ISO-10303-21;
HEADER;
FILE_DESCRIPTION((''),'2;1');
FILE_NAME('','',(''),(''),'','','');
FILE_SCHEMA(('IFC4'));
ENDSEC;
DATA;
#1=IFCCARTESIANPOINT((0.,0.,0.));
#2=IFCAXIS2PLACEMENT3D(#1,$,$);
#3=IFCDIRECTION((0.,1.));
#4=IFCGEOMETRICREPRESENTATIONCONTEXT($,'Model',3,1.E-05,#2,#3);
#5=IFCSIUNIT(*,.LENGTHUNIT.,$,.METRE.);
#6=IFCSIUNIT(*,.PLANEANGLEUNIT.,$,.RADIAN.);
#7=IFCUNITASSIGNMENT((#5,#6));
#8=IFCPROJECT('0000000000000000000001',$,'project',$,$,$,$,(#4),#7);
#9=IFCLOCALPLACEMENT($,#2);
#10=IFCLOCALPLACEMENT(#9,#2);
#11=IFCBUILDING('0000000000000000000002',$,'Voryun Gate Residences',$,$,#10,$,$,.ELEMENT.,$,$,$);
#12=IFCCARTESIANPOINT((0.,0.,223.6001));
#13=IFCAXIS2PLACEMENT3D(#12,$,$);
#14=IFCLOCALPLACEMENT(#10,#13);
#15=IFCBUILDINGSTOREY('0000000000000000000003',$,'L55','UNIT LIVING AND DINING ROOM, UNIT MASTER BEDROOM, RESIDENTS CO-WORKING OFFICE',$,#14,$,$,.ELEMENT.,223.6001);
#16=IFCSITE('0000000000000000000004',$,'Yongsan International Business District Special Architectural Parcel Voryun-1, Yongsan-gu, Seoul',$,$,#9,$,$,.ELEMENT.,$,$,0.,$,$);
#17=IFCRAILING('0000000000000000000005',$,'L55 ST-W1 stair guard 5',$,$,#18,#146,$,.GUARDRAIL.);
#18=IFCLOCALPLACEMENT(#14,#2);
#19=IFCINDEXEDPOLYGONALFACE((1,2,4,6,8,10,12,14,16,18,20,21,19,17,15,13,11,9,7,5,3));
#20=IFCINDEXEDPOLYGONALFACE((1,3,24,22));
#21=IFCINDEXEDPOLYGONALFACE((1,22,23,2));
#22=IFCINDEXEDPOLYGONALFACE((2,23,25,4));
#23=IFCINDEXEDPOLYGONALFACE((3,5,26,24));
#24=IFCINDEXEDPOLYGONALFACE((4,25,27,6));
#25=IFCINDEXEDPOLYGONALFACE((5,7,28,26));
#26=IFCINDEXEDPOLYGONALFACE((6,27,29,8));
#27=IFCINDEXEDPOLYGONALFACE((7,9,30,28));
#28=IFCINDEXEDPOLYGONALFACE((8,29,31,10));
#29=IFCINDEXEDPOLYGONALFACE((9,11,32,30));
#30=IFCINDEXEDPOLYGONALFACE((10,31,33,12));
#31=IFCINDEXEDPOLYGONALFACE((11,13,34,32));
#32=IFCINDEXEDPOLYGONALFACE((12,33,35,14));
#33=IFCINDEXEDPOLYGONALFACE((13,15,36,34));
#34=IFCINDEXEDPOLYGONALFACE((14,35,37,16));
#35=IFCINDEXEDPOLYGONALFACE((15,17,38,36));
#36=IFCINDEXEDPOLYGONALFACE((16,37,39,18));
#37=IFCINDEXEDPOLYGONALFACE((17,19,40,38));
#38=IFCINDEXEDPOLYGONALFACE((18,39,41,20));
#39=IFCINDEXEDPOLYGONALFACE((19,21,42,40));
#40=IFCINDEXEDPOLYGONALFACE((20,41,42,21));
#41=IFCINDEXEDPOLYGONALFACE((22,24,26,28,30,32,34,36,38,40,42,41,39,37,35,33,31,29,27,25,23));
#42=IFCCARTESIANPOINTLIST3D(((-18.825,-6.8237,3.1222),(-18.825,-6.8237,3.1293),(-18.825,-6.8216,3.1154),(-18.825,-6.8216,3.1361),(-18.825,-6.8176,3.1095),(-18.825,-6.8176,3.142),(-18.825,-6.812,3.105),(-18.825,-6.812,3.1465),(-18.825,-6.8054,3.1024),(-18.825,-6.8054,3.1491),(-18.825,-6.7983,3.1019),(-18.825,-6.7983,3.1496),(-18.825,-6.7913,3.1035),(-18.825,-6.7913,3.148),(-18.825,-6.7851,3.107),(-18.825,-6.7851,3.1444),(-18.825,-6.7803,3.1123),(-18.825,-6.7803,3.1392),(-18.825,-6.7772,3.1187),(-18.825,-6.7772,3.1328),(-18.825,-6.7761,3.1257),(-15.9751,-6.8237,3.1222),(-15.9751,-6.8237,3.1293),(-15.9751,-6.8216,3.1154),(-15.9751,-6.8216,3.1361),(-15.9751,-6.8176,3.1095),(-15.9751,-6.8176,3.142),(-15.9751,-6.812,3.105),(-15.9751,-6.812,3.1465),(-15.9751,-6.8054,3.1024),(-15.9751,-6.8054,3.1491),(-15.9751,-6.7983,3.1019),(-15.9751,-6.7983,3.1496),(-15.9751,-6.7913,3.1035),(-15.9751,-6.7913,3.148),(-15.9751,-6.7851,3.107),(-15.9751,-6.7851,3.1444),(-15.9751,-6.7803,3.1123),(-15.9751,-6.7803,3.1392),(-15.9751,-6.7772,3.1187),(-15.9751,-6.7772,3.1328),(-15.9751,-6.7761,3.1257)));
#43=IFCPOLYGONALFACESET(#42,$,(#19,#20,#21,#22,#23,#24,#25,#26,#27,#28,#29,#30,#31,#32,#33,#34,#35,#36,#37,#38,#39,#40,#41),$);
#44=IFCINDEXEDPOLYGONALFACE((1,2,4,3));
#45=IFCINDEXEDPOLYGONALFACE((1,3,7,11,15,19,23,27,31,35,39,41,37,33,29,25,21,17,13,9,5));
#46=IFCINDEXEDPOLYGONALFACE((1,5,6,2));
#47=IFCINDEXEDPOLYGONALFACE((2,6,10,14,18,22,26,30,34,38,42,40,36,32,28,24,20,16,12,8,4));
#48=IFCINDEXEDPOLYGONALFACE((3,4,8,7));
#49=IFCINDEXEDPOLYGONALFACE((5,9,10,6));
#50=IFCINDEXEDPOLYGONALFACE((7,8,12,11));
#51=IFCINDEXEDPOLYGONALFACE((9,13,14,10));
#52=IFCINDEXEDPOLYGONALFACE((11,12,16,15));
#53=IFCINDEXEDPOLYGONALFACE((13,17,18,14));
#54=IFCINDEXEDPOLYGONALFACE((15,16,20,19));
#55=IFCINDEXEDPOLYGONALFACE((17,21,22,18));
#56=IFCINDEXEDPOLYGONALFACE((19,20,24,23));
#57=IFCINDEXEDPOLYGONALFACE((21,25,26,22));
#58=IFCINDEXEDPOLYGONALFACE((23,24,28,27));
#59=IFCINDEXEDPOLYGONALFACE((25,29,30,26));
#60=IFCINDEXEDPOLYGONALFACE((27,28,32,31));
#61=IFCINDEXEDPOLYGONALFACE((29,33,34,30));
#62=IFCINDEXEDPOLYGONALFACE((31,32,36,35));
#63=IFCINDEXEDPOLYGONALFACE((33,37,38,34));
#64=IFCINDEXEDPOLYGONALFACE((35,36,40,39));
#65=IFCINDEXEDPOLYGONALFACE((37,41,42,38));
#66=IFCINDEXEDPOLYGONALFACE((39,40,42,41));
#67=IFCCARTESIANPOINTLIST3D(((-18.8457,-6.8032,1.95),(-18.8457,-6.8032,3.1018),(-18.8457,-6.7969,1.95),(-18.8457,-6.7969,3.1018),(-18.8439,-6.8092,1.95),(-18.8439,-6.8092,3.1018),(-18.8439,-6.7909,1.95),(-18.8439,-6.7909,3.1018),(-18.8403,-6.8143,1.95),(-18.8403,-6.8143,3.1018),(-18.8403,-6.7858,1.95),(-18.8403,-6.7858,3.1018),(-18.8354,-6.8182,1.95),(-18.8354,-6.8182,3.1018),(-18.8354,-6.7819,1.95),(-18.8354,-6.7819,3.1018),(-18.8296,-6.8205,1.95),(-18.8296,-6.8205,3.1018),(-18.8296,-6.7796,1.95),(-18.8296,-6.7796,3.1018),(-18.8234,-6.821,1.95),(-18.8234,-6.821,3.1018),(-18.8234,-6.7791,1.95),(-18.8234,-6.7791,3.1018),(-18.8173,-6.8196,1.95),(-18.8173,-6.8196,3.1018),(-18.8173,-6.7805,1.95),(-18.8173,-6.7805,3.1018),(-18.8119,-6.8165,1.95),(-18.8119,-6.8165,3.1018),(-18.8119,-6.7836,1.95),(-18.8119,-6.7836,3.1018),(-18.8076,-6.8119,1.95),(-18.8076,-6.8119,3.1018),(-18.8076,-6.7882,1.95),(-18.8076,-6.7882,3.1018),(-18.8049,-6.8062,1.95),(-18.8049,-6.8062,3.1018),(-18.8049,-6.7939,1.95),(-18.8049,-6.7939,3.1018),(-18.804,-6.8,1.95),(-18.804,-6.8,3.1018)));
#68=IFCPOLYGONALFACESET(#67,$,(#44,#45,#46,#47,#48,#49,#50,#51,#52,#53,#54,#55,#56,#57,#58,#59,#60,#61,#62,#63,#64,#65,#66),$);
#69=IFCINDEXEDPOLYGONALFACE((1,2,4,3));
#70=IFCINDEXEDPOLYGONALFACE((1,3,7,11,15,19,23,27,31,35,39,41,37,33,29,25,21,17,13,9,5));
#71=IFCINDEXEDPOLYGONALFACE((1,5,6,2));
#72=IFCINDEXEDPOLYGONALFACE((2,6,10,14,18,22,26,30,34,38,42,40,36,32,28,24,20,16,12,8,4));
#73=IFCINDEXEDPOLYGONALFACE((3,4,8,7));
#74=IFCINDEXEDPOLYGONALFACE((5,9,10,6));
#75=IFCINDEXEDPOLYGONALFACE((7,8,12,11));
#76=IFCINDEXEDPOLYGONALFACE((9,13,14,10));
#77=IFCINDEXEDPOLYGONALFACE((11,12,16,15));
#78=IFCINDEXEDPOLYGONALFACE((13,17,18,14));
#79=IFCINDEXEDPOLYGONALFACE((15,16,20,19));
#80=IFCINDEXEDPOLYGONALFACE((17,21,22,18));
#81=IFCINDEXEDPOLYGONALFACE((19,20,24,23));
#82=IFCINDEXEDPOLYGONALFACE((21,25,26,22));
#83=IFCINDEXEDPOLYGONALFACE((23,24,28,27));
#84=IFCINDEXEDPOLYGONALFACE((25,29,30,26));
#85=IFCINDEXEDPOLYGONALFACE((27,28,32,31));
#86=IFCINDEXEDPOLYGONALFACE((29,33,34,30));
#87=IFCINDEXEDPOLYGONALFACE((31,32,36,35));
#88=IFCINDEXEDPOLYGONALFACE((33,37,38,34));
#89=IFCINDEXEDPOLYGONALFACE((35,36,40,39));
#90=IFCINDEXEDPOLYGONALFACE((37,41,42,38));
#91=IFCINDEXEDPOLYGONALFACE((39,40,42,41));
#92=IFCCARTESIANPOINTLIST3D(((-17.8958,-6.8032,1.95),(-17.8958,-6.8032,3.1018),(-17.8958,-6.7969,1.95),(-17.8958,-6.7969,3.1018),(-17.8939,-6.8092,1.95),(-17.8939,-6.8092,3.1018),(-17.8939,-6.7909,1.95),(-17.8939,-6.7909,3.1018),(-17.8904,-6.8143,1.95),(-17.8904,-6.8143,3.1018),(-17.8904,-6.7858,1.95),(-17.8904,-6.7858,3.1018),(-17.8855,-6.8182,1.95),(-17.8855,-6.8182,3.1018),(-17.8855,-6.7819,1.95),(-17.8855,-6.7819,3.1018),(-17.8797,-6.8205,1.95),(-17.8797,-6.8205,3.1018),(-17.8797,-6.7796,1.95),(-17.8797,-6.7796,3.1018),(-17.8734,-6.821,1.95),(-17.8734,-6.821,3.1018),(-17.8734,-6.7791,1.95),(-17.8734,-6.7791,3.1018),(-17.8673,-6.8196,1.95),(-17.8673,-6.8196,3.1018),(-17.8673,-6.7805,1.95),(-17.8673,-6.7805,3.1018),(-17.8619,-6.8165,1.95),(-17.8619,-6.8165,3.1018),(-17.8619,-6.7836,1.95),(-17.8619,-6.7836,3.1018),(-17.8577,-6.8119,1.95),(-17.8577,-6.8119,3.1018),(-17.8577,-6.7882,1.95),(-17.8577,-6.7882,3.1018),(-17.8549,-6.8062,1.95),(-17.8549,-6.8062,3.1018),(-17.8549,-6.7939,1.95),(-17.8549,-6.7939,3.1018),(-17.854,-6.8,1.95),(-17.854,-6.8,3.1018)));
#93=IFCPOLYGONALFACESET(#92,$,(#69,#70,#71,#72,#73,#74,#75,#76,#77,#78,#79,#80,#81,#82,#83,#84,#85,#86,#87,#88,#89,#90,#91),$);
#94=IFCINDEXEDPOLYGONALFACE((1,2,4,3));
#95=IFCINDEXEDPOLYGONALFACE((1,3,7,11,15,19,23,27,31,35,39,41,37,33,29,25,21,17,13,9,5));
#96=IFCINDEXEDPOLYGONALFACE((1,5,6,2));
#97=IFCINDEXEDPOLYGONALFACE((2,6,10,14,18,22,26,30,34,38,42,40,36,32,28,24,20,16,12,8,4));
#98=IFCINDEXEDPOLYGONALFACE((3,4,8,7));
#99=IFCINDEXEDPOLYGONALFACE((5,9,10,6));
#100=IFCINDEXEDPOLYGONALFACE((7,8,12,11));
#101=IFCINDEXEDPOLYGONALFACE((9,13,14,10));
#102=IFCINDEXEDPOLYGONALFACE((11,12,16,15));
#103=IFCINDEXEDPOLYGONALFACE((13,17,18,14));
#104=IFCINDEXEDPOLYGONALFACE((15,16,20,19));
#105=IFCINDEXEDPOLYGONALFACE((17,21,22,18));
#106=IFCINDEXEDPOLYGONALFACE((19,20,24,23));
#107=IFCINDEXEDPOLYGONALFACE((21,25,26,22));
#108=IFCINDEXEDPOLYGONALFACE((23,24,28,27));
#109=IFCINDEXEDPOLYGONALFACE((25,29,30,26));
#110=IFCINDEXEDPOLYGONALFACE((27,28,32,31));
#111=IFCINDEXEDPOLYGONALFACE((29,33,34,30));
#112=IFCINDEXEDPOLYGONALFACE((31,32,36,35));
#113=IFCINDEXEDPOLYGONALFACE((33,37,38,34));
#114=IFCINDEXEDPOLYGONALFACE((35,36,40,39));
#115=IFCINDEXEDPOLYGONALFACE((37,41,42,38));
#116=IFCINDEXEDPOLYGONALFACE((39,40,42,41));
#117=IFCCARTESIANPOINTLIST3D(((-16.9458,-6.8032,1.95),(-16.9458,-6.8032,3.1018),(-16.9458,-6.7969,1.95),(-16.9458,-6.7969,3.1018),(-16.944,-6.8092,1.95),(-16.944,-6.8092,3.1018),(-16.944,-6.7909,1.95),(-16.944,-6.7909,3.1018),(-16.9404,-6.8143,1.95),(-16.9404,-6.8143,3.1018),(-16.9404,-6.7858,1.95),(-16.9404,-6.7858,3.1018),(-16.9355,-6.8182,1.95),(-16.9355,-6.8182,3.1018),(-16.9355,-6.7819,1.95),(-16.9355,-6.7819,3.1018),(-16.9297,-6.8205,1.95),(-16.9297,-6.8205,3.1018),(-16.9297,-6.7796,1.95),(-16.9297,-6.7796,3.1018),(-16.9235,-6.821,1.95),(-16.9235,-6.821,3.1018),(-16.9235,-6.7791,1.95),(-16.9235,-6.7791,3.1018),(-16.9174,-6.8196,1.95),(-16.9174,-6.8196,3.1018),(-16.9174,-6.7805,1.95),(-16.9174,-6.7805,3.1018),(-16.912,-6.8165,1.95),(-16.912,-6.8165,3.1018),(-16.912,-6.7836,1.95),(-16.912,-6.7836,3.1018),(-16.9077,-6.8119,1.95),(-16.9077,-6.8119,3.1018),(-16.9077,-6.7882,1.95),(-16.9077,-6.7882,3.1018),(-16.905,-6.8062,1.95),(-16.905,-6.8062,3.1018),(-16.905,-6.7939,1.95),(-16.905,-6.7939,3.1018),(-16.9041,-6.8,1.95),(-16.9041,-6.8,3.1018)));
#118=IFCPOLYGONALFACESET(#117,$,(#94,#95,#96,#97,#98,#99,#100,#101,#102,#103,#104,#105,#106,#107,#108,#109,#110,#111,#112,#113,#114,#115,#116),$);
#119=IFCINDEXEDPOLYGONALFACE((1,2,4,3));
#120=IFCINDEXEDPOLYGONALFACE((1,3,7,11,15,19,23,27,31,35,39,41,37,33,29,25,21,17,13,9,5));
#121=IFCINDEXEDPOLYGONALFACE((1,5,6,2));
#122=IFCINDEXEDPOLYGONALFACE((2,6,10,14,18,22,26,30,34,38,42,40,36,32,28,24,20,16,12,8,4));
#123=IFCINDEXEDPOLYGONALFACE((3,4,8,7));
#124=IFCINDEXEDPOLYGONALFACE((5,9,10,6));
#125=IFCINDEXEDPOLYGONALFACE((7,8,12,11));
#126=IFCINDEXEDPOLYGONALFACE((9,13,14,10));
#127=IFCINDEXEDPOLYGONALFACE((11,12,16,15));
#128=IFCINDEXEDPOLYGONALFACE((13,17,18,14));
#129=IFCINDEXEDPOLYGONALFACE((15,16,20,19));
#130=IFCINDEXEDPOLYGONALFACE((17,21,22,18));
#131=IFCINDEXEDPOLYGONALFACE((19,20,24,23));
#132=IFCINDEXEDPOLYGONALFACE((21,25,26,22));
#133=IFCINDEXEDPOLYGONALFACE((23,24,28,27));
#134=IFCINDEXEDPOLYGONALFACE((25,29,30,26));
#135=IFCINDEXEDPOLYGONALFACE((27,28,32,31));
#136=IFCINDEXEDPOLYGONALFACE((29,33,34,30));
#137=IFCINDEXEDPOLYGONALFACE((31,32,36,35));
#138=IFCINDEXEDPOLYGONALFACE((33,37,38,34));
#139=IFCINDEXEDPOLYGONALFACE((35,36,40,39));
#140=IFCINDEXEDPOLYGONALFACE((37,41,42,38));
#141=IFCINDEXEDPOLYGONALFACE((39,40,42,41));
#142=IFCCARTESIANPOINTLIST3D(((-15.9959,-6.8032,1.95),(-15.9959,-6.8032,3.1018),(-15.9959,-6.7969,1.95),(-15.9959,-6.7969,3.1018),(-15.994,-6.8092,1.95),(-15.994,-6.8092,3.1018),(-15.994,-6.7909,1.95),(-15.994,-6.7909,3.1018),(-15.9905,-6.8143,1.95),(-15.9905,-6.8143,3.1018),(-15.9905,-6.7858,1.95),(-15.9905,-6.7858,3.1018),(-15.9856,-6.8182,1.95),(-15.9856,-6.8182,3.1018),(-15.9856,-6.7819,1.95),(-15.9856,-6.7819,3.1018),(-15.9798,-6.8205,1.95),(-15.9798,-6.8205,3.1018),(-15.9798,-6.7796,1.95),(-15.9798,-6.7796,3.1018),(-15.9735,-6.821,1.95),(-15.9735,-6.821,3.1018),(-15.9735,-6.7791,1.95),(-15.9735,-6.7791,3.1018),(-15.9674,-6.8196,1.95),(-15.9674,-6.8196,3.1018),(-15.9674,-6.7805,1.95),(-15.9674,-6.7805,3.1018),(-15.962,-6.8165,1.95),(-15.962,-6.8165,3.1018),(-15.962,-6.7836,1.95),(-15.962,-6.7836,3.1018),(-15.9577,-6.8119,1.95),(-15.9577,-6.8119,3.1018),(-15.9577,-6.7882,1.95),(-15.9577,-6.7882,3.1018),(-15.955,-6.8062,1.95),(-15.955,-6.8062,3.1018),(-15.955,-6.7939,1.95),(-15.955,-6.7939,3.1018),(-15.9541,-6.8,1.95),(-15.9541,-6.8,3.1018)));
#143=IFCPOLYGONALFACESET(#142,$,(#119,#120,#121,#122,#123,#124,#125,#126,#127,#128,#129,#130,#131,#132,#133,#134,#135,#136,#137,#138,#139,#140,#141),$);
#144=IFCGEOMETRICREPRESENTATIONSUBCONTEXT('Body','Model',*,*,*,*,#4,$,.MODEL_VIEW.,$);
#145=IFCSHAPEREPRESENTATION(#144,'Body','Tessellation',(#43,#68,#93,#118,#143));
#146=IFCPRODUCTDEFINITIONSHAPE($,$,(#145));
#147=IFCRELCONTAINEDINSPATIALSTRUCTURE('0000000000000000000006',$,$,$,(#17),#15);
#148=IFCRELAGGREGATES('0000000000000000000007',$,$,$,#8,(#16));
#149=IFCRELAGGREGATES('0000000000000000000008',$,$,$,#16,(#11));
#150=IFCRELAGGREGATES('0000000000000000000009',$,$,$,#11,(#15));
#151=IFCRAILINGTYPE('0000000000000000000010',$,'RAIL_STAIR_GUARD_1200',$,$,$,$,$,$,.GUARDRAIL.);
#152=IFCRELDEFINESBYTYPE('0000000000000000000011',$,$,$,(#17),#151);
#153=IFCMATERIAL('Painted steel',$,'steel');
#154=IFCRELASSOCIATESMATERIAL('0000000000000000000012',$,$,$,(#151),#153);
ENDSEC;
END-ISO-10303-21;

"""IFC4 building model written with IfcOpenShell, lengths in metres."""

from ifc_helpers import new_model, si_unit, direction, frame, origin, origin_2d, place, context, subcontext, project, spatial, circle, extrude, material, type_object, element, save


model = new_model("IFC4")

# Units and contexts
model_context = context("Model", 3, precision=1e-05, world=origin(), true_north=direction((0.0, 1.0)))
body_context = subcontext(model_context, "Body", "Model", "MODEL_VIEW")
ifc_project = project(units=[si_unit("LENGTHUNIT", "METRE"), si_unit("PLANEANGLEUNIT", "RADIAN")], contexts=[model_context])

# Site, building, storey
site_placement = place(None, origin())
site = spatial("IfcSite", under=ifc_project, at=site_placement, Name="Yongsan International Business District Special Architectural Parcel Voryun-1, Yongsan-gu, Seoul", CompositionType="ELEMENT", RefElevation=0.0)
building_placement = place(site_placement, origin())
building = spatial("IfcBuilding", under=site, at=building_placement, Name="Voryun Gate Residences", CompositionType="ELEMENT")
storey_placement = place(building_placement, frame((0.0, 0.0, 223.6001)))
storey = spatial("IfcBuildingStorey", under=building, at=storey_placement, Name="L55", Description="UNIT LIVING AND DINING ROOM, UNIT MASTER BEDROOM, RESIDENTS CO-WORKING OFFICE", CompositionType="ELEMENT", Elevation=223.6001)

# Railing
ifc_material_1 = material(Name="Painted steel", Category="steel")
railing_type_1 = type_object("IfcRailingType", Name="RAIL_STAIR_GUARD_1200", PredefinedType="GUARDRAIL", material=ifc_material_1)
railing_1_placement = place(storey_placement, frame((-18.825, -6.8, 1.95)))
element("IfcRailing", 1, at=railing_1_placement, inside=storey, type_object=railing_type_1, Name="L55 ST-W1 stair guard 5", PredefinedType="GUARDRAIL", context=body_context, shape_type="SweptSolid", body=[
    extrude(circle(Radius=0.0239, at=origin_2d()), frame((0.0, 0.0, 1.1758), z_axis=(1.0, 0.0, 0.0), x_axis=(0.0, 1.0, 0.0)), (0.0, 0.0, 1.0), 2.8499),
    extrude(circle(Radius=0.021, at=origin_2d()), origin(), (0.0, 0.0, 1.0), 1.1519),
    extrude(circle(Radius=0.021, at=origin_2d()), frame((0.95, 0.0, 0.0)), (0.0, 0.0, 1.0), 1.1519),
    extrude(circle(Radius=0.021, at=origin_2d()), frame((1.8999, 0.0, 0.0)), (0.0, 0.0, 1.0), 1.1519),
    extrude(circle(Radius=0.021, at=origin_2d()), frame((2.8499, 0.0, 0.0)), (0.0, 0.0, 1.0), 1.1519),
])

save(model, "model.ifc")
